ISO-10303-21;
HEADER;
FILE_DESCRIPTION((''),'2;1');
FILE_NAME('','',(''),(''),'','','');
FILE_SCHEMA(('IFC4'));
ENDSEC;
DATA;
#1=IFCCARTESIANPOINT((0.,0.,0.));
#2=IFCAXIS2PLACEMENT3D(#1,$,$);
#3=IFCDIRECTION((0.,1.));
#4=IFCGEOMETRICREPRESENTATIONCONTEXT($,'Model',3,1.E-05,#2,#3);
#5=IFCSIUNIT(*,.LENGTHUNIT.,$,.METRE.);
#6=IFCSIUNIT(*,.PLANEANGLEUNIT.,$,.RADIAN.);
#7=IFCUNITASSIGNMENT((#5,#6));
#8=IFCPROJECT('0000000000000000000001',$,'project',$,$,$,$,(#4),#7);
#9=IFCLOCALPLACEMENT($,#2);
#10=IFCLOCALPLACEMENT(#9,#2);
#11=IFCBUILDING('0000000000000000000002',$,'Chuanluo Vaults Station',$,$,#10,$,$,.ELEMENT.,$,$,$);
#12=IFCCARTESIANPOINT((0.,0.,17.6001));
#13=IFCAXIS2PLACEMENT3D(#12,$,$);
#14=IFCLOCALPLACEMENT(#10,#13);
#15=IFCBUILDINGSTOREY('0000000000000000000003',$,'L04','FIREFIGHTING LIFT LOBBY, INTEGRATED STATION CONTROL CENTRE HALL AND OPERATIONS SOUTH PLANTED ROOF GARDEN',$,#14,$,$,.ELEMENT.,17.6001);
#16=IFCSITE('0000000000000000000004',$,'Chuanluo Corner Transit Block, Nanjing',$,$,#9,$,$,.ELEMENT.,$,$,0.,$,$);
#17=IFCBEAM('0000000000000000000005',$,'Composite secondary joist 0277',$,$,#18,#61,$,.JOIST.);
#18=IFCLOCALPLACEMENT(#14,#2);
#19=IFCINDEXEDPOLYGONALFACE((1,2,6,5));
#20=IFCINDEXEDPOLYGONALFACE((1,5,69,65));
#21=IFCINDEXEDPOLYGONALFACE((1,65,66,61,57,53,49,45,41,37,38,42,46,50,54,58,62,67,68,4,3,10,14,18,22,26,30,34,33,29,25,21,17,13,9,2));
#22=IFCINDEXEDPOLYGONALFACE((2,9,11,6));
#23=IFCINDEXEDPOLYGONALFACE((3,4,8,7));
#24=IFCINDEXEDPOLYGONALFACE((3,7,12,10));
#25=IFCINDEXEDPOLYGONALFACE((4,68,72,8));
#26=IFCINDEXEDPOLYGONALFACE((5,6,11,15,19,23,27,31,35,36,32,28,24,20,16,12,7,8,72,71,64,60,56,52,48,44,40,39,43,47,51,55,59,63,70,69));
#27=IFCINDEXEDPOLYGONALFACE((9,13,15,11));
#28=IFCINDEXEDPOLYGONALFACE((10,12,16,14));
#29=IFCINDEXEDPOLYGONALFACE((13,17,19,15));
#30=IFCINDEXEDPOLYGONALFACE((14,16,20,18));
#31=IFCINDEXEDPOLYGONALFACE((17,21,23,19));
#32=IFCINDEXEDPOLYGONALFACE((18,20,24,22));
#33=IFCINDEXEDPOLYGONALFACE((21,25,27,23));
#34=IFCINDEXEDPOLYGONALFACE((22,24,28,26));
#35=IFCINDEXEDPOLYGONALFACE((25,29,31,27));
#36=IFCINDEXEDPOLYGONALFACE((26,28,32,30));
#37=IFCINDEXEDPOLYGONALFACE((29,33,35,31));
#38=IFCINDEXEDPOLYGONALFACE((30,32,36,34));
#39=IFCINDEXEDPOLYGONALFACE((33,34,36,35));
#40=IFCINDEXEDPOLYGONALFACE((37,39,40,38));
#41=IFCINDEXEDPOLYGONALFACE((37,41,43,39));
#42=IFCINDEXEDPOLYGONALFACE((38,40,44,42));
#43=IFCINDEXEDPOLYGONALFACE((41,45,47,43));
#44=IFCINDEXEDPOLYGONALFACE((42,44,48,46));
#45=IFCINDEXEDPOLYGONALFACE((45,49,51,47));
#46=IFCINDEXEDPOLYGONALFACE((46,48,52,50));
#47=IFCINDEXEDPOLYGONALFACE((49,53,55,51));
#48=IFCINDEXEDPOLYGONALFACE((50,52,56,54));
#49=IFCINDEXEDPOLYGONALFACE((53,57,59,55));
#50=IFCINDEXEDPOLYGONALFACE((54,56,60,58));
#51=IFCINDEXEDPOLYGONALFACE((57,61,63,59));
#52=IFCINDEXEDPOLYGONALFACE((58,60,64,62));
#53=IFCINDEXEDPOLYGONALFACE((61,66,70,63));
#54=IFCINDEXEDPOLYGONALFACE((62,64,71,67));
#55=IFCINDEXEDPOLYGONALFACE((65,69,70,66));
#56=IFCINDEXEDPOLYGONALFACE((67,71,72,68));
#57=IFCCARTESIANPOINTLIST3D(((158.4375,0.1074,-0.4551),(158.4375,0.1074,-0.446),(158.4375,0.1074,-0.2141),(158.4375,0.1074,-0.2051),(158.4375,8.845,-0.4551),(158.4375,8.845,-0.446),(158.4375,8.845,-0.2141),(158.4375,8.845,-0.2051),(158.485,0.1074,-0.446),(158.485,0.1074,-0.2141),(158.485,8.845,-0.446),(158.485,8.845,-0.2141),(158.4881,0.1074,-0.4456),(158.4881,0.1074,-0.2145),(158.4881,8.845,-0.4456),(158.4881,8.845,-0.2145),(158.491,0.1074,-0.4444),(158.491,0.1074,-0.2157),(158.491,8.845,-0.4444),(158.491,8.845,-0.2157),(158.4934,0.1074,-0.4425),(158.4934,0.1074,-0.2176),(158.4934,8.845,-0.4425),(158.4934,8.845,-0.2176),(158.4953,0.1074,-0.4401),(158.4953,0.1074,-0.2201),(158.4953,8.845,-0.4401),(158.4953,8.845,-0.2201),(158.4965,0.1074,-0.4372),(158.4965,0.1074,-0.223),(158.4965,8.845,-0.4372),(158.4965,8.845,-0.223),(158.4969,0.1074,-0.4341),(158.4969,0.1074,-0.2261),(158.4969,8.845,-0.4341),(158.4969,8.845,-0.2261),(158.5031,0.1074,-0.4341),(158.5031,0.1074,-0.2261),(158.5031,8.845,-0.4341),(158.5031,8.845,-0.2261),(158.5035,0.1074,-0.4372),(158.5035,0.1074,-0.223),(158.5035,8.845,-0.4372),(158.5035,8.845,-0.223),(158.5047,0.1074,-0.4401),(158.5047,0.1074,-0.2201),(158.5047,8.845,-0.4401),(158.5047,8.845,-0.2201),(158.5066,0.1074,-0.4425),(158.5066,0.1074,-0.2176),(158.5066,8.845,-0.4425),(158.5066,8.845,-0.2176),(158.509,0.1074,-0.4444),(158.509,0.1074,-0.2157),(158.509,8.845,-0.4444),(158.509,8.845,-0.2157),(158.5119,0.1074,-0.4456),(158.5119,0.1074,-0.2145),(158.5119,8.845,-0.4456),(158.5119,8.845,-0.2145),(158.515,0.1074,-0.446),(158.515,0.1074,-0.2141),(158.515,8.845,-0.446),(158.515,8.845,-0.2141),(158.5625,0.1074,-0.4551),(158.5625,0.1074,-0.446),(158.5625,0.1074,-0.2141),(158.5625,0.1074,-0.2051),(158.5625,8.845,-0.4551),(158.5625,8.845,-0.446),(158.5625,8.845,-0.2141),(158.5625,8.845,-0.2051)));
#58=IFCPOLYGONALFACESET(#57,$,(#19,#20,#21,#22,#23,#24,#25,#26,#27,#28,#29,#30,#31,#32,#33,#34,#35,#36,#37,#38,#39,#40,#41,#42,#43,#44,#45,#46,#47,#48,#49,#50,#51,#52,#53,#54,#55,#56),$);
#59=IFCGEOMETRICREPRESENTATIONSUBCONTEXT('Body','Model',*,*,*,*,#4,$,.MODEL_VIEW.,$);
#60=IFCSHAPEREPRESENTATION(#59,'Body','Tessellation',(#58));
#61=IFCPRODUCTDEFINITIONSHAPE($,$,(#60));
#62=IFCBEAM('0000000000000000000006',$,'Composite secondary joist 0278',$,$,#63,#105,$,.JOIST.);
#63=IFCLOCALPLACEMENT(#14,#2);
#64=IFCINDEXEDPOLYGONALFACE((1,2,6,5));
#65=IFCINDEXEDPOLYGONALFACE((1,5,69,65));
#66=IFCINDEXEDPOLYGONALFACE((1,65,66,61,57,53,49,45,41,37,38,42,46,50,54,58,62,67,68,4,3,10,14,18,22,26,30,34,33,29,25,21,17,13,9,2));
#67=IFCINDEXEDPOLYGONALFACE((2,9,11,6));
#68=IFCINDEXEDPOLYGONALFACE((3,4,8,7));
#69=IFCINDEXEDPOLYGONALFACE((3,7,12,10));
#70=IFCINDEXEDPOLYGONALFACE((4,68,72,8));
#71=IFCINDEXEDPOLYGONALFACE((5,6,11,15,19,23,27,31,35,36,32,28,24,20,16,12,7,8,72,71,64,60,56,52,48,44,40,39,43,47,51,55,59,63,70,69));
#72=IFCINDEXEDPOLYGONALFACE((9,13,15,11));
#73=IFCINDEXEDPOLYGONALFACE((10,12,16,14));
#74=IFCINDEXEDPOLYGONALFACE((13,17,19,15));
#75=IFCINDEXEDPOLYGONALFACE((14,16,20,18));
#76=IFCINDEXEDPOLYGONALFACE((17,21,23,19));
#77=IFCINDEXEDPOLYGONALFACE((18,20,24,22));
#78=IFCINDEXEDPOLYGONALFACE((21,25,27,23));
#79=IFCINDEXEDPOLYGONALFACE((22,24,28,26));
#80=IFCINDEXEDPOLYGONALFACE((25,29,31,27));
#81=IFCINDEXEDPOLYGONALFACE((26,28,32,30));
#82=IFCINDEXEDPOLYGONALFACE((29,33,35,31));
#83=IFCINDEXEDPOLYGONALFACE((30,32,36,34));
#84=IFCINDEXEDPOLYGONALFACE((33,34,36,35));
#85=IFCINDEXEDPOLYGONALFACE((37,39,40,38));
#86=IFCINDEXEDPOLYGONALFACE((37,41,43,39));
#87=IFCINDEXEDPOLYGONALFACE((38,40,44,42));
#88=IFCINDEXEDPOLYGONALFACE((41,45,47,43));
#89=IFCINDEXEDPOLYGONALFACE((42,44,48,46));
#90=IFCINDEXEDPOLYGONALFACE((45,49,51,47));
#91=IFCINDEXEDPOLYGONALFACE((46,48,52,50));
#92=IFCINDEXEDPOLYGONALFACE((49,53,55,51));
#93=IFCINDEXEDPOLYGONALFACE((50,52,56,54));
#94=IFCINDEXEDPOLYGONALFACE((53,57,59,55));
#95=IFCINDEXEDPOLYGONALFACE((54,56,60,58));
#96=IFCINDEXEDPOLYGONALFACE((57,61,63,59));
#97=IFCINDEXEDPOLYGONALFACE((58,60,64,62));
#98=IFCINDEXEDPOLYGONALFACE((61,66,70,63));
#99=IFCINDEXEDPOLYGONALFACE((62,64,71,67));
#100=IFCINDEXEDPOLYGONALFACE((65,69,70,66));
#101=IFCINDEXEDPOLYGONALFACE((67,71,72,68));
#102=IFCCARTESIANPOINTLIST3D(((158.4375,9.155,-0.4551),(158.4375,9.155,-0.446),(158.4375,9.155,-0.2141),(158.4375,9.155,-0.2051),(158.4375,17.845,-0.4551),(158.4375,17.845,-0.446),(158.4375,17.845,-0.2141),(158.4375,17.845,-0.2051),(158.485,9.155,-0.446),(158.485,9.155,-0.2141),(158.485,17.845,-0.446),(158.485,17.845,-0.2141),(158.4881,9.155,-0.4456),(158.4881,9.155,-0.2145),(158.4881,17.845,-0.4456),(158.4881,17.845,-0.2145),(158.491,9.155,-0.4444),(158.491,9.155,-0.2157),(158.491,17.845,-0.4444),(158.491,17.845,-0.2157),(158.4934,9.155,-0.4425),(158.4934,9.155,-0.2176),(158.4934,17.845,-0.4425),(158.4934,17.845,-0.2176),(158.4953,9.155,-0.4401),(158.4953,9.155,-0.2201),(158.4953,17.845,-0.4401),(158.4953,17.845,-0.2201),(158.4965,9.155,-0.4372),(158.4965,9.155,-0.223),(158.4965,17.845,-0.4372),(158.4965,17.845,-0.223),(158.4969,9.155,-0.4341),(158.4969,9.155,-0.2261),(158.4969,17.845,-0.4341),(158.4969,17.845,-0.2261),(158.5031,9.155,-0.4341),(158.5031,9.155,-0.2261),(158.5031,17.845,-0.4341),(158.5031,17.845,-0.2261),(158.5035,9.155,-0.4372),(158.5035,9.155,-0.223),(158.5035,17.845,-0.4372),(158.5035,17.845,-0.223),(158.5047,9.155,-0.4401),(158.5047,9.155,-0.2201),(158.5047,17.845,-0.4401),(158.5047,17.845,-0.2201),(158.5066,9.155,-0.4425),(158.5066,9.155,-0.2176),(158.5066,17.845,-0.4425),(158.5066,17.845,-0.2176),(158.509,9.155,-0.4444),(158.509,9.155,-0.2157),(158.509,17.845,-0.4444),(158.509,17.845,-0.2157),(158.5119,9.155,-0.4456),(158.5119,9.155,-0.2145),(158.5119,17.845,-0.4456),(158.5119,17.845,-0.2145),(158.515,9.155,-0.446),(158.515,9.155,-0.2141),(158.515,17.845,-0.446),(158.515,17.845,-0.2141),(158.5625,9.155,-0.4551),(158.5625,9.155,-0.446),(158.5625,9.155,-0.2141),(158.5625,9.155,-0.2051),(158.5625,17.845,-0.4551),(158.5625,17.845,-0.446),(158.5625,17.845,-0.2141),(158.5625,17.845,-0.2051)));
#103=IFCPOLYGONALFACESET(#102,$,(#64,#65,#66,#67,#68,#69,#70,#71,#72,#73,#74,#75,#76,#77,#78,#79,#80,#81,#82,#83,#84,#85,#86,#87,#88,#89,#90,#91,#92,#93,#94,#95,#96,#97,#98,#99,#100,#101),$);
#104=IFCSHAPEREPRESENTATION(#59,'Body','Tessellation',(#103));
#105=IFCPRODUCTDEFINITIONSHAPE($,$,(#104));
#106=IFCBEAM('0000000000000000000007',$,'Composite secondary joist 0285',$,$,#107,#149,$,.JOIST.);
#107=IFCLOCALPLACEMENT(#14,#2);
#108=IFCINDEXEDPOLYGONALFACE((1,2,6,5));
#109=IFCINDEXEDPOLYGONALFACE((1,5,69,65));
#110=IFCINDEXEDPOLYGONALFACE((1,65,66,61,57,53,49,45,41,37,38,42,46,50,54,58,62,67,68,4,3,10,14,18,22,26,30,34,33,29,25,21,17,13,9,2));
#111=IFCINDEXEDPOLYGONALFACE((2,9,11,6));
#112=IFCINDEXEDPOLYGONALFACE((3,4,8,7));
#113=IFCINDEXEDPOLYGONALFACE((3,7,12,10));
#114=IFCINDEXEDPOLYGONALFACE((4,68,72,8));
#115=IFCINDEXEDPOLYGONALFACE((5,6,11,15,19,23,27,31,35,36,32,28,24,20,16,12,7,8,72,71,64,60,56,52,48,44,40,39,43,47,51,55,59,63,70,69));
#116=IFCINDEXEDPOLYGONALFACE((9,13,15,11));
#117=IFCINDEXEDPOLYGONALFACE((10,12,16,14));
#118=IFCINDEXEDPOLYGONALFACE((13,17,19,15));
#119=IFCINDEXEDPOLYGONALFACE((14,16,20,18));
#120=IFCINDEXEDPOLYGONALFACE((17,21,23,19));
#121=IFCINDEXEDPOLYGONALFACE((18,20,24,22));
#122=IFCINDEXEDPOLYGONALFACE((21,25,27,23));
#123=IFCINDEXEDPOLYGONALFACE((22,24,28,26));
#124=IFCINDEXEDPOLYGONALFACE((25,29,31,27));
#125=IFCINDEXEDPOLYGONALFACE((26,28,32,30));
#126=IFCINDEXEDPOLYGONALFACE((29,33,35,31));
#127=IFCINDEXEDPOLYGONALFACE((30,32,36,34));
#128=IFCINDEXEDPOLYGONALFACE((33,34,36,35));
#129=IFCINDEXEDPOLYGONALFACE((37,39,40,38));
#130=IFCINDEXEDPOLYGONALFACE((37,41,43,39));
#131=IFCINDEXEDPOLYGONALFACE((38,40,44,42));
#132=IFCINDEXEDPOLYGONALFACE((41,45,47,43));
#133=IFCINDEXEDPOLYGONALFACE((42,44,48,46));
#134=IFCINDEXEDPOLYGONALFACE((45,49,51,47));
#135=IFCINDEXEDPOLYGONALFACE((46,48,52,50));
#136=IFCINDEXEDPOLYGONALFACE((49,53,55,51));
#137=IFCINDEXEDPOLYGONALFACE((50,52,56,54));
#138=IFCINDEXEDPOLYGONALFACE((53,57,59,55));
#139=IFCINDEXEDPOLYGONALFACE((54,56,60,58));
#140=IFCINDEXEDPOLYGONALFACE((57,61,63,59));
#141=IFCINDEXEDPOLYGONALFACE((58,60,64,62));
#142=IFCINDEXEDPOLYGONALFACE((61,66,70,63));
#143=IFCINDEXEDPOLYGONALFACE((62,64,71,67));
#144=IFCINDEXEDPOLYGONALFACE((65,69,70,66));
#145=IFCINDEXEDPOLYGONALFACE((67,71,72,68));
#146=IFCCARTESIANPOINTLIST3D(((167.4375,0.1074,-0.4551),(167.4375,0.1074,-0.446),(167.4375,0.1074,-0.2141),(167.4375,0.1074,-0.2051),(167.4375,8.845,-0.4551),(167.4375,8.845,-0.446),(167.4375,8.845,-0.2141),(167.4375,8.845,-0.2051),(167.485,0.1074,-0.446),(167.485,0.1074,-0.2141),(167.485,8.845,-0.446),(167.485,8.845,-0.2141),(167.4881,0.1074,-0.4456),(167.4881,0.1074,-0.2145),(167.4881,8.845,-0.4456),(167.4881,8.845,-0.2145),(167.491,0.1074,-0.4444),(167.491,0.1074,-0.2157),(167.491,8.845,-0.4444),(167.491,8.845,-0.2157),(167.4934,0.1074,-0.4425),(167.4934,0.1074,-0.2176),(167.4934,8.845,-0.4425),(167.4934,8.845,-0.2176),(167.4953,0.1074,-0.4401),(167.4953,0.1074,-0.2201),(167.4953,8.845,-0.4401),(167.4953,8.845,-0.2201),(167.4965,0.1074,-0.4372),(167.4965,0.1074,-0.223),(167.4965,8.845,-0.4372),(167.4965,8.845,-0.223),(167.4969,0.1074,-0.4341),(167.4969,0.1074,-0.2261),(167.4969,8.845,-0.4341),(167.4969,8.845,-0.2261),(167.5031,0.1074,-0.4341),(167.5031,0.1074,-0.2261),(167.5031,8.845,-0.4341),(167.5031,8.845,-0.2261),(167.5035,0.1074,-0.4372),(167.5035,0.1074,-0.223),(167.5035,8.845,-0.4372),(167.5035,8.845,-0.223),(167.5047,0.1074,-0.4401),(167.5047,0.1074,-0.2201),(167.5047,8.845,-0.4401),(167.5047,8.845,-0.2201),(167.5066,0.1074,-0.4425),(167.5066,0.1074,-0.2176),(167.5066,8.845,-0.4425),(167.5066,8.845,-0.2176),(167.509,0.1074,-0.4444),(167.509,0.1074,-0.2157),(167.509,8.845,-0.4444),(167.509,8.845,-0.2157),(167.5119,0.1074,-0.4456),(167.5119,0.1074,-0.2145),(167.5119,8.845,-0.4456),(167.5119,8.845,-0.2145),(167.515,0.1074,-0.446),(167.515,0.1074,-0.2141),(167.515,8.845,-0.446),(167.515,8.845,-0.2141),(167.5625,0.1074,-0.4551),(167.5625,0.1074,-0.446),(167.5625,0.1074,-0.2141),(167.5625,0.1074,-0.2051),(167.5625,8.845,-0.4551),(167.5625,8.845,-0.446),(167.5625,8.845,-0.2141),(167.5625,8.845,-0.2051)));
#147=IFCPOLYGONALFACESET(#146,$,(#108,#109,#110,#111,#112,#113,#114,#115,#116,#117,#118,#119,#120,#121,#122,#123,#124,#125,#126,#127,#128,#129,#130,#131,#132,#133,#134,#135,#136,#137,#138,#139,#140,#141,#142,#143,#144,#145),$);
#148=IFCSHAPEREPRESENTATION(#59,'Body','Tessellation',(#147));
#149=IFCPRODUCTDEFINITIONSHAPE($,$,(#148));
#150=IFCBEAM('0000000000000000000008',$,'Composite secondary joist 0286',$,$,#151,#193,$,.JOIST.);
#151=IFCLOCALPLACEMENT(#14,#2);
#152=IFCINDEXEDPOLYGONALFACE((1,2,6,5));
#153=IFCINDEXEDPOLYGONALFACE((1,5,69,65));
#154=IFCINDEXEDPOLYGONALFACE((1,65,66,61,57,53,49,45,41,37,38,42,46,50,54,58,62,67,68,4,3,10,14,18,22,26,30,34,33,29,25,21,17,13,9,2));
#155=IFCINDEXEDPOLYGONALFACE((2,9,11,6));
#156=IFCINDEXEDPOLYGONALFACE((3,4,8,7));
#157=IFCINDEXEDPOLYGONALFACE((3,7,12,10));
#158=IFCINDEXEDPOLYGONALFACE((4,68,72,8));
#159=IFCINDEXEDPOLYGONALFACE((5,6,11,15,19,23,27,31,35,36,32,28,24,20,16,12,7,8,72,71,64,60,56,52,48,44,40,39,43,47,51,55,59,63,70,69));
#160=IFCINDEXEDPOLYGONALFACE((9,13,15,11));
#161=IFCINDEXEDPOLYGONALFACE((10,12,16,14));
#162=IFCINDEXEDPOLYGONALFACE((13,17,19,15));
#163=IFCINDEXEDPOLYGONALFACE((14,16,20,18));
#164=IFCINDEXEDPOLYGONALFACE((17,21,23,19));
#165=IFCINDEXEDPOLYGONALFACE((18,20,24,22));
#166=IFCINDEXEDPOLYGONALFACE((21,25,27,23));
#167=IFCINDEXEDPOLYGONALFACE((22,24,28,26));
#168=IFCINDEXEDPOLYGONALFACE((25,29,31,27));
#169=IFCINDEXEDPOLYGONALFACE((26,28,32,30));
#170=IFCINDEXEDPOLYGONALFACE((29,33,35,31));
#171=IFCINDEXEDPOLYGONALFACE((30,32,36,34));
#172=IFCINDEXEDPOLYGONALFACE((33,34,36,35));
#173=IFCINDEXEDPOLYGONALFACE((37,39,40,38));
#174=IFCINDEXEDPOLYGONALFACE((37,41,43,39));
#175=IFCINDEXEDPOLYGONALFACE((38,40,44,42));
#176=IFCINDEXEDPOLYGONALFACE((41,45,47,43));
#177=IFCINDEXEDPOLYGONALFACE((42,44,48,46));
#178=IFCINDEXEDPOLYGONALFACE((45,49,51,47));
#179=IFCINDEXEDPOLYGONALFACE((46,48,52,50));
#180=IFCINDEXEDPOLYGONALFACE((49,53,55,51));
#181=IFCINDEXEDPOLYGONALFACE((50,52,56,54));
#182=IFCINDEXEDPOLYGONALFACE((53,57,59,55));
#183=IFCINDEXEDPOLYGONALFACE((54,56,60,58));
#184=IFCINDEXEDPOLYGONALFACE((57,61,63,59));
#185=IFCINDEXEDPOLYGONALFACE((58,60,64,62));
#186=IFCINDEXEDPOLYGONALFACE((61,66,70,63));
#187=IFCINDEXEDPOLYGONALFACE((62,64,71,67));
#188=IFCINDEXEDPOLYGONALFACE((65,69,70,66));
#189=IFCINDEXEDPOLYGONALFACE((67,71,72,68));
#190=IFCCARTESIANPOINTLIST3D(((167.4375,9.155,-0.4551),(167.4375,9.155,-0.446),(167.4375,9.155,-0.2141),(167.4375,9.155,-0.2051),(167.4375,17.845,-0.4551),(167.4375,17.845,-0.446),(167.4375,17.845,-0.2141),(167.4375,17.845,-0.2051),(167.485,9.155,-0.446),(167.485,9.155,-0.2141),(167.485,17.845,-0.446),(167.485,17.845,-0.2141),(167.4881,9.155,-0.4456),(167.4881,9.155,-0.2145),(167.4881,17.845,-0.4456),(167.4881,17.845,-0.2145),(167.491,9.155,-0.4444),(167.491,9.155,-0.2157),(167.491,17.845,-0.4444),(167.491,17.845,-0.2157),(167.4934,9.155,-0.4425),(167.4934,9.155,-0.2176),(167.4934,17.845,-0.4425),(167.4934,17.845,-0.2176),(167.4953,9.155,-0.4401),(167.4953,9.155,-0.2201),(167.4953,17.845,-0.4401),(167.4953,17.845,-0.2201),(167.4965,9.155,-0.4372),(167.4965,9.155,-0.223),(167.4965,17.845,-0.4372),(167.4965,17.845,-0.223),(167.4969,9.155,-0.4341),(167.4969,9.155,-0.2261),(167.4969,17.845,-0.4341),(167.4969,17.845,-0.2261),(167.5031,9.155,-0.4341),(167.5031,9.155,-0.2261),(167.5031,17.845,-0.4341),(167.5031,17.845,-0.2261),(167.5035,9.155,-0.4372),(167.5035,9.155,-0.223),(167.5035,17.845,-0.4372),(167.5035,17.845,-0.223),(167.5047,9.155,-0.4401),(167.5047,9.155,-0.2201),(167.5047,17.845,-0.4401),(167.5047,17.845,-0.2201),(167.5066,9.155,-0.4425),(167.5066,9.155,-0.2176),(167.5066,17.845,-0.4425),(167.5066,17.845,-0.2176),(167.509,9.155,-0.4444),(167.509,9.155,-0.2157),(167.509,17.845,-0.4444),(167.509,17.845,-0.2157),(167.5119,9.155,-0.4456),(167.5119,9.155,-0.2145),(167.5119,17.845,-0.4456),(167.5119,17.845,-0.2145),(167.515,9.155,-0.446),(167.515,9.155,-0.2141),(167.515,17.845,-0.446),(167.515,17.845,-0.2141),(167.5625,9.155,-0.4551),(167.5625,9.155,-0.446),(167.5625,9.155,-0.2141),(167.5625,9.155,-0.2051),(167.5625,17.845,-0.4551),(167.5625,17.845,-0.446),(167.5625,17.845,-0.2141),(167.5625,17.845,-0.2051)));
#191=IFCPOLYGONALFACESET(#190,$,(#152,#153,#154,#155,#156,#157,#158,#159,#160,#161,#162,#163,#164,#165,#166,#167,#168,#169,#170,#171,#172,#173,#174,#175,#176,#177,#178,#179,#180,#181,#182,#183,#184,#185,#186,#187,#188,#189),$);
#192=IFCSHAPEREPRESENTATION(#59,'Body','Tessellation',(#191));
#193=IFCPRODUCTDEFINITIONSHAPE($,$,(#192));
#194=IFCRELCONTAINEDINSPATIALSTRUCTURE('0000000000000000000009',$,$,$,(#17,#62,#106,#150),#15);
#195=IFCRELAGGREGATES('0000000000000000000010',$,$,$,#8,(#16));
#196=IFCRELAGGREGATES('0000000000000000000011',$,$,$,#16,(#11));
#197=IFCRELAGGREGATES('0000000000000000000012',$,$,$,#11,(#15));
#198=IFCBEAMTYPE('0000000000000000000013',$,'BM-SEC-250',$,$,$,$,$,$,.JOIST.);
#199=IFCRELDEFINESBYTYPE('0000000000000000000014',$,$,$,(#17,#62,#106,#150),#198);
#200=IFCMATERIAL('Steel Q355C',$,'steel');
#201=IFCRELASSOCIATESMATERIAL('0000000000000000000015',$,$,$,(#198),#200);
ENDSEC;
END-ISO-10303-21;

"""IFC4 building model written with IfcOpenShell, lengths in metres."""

from ifc_helpers import new_model, si_unit, direction, frame, origin, origin_2d, place, context, subcontext, project, spatial, i_section, extrude, material, material_profile, profile_set, type_object, element, save


model = new_model("IFC4")

# Units and contexts
model_context = context("Model", 3, precision=1e-05, world=origin(), true_north=direction((0.0, 1.0)))
body_context = subcontext(model_context, "Body", "Model", "MODEL_VIEW")
ifc_project = project(units=[si_unit("LENGTHUNIT", "METRE"), si_unit("PLANEANGLEUNIT", "RADIAN")], contexts=[model_context])

# Site, building, storey
site_placement = place(None, origin())
site = spatial("IfcSite", under=ifc_project, at=site_placement, Name="Chuanluo Corner Transit Block, Nanjing", CompositionType="ELEMENT", RefElevation=0.0)
building_placement = place(site_placement, origin())
building = spatial("IfcBuilding", under=site, at=building_placement, Name="Chuanluo Vaults Station", CompositionType="ELEMENT")
storey_placement = place(building_placement, frame((0.0, 0.0, 17.6001)))
storey = spatial("IfcBuildingStorey", under=building, at=storey_placement, Name="L04", Description="FIREFIGHTING LIFT LOBBY, INTEGRATED STATION CONTROL CENTRE HALL AND OPERATIONS SOUTH PLANTED ROOF GARDEN", CompositionType="ELEMENT", Elevation=17.6001)

# Beams
ifc_material_1 = material(Name="Steel Q355C", Category="steel")
ifc_material_profile_1 = material_profile(ifc_material_1, i_section(OverallWidth=0.125, OverallDepth=0.25, WebThickness=0.0061, FlangeThickness=0.009, FilletRadius=0.012, at=origin_2d()))
ifc_profile_set_1 = profile_set([ifc_material_profile_1], Name="Steel Q355C")
beam_type_1 = type_object("IfcBeamType", Name="BM-SEC-250", PredefinedType="JOIST", material=ifc_profile_set_1)
beam_1_placement = place(storey_placement, frame((158.5, 0.1074, -0.3301), z_axis=(0.0, 1.0, 0.0), x_axis=(-1.0, 0.0, 0.0)))
element("IfcBeam", 1, at=beam_1_placement, inside=storey, type_object=beam_type_1, Name="Composite secondary joist 0277", PredefinedType="JOIST", context=body_context, shape_type="SweptSolid", body=[
    extrude(i_section(OverallWidth=0.125, OverallDepth=0.25, WebThickness=0.0061, FlangeThickness=0.009, FilletRadius=0.012, at=origin_2d()), origin(), (0.0, 0.0, 1.0), 8.7375),
])
beam_2_placement = place(storey_placement, frame((158.5, 9.155, -0.3301), z_axis=(0.0, 1.0, 0.0), x_axis=(-1.0, 0.0, 0.0)))
element("IfcBeam", 2, at=beam_2_placement, inside=storey, type_object=beam_type_1, Name="Composite secondary joist 0278", PredefinedType="JOIST", context=body_context, shape_type="SweptSolid", body=[
    extrude(i_section(OverallWidth=0.125, OverallDepth=0.25, WebThickness=0.0061, FlangeThickness=0.009, FilletRadius=0.012, at=origin_2d()), origin(), (0.0, 0.0, 1.0), 8.6899),
])
beam_3_placement = place(storey_placement, frame((167.5, 0.1074, -0.3301), z_axis=(0.0, 1.0, 0.0), x_axis=(-1.0, 0.0, 0.0)))
element("IfcBeam", 3, at=beam_3_placement, inside=storey, type_object=beam_type_1, Name="Composite secondary joist 0285", PredefinedType="JOIST", context=body_context, shape_type="SweptSolid", body=[
    extrude(i_section(OverallWidth=0.125, OverallDepth=0.25, WebThickness=0.0061, FlangeThickness=0.009, FilletRadius=0.012, at=origin_2d()), origin(), (0.0, 0.0, 1.0), 8.7375),
])
beam_4_placement = place(storey_placement, frame((167.5, 9.155, -0.3301), z_axis=(0.0, 1.0, 0.0), x_axis=(-1.0, 0.0, 0.0)))
element("IfcBeam", 4, at=beam_4_placement, inside=storey, type_object=beam_type_1, Name="Composite secondary joist 0286", PredefinedType="JOIST", context=body_context, shape_type="SweptSolid", body=[
    extrude(i_section(OverallWidth=0.125, OverallDepth=0.25, WebThickness=0.0061, FlangeThickness=0.009, FilletRadius=0.012, at=origin_2d()), origin(), (0.0, 0.0, 1.0), 8.6899),
])

save(model, "model.ifc")
